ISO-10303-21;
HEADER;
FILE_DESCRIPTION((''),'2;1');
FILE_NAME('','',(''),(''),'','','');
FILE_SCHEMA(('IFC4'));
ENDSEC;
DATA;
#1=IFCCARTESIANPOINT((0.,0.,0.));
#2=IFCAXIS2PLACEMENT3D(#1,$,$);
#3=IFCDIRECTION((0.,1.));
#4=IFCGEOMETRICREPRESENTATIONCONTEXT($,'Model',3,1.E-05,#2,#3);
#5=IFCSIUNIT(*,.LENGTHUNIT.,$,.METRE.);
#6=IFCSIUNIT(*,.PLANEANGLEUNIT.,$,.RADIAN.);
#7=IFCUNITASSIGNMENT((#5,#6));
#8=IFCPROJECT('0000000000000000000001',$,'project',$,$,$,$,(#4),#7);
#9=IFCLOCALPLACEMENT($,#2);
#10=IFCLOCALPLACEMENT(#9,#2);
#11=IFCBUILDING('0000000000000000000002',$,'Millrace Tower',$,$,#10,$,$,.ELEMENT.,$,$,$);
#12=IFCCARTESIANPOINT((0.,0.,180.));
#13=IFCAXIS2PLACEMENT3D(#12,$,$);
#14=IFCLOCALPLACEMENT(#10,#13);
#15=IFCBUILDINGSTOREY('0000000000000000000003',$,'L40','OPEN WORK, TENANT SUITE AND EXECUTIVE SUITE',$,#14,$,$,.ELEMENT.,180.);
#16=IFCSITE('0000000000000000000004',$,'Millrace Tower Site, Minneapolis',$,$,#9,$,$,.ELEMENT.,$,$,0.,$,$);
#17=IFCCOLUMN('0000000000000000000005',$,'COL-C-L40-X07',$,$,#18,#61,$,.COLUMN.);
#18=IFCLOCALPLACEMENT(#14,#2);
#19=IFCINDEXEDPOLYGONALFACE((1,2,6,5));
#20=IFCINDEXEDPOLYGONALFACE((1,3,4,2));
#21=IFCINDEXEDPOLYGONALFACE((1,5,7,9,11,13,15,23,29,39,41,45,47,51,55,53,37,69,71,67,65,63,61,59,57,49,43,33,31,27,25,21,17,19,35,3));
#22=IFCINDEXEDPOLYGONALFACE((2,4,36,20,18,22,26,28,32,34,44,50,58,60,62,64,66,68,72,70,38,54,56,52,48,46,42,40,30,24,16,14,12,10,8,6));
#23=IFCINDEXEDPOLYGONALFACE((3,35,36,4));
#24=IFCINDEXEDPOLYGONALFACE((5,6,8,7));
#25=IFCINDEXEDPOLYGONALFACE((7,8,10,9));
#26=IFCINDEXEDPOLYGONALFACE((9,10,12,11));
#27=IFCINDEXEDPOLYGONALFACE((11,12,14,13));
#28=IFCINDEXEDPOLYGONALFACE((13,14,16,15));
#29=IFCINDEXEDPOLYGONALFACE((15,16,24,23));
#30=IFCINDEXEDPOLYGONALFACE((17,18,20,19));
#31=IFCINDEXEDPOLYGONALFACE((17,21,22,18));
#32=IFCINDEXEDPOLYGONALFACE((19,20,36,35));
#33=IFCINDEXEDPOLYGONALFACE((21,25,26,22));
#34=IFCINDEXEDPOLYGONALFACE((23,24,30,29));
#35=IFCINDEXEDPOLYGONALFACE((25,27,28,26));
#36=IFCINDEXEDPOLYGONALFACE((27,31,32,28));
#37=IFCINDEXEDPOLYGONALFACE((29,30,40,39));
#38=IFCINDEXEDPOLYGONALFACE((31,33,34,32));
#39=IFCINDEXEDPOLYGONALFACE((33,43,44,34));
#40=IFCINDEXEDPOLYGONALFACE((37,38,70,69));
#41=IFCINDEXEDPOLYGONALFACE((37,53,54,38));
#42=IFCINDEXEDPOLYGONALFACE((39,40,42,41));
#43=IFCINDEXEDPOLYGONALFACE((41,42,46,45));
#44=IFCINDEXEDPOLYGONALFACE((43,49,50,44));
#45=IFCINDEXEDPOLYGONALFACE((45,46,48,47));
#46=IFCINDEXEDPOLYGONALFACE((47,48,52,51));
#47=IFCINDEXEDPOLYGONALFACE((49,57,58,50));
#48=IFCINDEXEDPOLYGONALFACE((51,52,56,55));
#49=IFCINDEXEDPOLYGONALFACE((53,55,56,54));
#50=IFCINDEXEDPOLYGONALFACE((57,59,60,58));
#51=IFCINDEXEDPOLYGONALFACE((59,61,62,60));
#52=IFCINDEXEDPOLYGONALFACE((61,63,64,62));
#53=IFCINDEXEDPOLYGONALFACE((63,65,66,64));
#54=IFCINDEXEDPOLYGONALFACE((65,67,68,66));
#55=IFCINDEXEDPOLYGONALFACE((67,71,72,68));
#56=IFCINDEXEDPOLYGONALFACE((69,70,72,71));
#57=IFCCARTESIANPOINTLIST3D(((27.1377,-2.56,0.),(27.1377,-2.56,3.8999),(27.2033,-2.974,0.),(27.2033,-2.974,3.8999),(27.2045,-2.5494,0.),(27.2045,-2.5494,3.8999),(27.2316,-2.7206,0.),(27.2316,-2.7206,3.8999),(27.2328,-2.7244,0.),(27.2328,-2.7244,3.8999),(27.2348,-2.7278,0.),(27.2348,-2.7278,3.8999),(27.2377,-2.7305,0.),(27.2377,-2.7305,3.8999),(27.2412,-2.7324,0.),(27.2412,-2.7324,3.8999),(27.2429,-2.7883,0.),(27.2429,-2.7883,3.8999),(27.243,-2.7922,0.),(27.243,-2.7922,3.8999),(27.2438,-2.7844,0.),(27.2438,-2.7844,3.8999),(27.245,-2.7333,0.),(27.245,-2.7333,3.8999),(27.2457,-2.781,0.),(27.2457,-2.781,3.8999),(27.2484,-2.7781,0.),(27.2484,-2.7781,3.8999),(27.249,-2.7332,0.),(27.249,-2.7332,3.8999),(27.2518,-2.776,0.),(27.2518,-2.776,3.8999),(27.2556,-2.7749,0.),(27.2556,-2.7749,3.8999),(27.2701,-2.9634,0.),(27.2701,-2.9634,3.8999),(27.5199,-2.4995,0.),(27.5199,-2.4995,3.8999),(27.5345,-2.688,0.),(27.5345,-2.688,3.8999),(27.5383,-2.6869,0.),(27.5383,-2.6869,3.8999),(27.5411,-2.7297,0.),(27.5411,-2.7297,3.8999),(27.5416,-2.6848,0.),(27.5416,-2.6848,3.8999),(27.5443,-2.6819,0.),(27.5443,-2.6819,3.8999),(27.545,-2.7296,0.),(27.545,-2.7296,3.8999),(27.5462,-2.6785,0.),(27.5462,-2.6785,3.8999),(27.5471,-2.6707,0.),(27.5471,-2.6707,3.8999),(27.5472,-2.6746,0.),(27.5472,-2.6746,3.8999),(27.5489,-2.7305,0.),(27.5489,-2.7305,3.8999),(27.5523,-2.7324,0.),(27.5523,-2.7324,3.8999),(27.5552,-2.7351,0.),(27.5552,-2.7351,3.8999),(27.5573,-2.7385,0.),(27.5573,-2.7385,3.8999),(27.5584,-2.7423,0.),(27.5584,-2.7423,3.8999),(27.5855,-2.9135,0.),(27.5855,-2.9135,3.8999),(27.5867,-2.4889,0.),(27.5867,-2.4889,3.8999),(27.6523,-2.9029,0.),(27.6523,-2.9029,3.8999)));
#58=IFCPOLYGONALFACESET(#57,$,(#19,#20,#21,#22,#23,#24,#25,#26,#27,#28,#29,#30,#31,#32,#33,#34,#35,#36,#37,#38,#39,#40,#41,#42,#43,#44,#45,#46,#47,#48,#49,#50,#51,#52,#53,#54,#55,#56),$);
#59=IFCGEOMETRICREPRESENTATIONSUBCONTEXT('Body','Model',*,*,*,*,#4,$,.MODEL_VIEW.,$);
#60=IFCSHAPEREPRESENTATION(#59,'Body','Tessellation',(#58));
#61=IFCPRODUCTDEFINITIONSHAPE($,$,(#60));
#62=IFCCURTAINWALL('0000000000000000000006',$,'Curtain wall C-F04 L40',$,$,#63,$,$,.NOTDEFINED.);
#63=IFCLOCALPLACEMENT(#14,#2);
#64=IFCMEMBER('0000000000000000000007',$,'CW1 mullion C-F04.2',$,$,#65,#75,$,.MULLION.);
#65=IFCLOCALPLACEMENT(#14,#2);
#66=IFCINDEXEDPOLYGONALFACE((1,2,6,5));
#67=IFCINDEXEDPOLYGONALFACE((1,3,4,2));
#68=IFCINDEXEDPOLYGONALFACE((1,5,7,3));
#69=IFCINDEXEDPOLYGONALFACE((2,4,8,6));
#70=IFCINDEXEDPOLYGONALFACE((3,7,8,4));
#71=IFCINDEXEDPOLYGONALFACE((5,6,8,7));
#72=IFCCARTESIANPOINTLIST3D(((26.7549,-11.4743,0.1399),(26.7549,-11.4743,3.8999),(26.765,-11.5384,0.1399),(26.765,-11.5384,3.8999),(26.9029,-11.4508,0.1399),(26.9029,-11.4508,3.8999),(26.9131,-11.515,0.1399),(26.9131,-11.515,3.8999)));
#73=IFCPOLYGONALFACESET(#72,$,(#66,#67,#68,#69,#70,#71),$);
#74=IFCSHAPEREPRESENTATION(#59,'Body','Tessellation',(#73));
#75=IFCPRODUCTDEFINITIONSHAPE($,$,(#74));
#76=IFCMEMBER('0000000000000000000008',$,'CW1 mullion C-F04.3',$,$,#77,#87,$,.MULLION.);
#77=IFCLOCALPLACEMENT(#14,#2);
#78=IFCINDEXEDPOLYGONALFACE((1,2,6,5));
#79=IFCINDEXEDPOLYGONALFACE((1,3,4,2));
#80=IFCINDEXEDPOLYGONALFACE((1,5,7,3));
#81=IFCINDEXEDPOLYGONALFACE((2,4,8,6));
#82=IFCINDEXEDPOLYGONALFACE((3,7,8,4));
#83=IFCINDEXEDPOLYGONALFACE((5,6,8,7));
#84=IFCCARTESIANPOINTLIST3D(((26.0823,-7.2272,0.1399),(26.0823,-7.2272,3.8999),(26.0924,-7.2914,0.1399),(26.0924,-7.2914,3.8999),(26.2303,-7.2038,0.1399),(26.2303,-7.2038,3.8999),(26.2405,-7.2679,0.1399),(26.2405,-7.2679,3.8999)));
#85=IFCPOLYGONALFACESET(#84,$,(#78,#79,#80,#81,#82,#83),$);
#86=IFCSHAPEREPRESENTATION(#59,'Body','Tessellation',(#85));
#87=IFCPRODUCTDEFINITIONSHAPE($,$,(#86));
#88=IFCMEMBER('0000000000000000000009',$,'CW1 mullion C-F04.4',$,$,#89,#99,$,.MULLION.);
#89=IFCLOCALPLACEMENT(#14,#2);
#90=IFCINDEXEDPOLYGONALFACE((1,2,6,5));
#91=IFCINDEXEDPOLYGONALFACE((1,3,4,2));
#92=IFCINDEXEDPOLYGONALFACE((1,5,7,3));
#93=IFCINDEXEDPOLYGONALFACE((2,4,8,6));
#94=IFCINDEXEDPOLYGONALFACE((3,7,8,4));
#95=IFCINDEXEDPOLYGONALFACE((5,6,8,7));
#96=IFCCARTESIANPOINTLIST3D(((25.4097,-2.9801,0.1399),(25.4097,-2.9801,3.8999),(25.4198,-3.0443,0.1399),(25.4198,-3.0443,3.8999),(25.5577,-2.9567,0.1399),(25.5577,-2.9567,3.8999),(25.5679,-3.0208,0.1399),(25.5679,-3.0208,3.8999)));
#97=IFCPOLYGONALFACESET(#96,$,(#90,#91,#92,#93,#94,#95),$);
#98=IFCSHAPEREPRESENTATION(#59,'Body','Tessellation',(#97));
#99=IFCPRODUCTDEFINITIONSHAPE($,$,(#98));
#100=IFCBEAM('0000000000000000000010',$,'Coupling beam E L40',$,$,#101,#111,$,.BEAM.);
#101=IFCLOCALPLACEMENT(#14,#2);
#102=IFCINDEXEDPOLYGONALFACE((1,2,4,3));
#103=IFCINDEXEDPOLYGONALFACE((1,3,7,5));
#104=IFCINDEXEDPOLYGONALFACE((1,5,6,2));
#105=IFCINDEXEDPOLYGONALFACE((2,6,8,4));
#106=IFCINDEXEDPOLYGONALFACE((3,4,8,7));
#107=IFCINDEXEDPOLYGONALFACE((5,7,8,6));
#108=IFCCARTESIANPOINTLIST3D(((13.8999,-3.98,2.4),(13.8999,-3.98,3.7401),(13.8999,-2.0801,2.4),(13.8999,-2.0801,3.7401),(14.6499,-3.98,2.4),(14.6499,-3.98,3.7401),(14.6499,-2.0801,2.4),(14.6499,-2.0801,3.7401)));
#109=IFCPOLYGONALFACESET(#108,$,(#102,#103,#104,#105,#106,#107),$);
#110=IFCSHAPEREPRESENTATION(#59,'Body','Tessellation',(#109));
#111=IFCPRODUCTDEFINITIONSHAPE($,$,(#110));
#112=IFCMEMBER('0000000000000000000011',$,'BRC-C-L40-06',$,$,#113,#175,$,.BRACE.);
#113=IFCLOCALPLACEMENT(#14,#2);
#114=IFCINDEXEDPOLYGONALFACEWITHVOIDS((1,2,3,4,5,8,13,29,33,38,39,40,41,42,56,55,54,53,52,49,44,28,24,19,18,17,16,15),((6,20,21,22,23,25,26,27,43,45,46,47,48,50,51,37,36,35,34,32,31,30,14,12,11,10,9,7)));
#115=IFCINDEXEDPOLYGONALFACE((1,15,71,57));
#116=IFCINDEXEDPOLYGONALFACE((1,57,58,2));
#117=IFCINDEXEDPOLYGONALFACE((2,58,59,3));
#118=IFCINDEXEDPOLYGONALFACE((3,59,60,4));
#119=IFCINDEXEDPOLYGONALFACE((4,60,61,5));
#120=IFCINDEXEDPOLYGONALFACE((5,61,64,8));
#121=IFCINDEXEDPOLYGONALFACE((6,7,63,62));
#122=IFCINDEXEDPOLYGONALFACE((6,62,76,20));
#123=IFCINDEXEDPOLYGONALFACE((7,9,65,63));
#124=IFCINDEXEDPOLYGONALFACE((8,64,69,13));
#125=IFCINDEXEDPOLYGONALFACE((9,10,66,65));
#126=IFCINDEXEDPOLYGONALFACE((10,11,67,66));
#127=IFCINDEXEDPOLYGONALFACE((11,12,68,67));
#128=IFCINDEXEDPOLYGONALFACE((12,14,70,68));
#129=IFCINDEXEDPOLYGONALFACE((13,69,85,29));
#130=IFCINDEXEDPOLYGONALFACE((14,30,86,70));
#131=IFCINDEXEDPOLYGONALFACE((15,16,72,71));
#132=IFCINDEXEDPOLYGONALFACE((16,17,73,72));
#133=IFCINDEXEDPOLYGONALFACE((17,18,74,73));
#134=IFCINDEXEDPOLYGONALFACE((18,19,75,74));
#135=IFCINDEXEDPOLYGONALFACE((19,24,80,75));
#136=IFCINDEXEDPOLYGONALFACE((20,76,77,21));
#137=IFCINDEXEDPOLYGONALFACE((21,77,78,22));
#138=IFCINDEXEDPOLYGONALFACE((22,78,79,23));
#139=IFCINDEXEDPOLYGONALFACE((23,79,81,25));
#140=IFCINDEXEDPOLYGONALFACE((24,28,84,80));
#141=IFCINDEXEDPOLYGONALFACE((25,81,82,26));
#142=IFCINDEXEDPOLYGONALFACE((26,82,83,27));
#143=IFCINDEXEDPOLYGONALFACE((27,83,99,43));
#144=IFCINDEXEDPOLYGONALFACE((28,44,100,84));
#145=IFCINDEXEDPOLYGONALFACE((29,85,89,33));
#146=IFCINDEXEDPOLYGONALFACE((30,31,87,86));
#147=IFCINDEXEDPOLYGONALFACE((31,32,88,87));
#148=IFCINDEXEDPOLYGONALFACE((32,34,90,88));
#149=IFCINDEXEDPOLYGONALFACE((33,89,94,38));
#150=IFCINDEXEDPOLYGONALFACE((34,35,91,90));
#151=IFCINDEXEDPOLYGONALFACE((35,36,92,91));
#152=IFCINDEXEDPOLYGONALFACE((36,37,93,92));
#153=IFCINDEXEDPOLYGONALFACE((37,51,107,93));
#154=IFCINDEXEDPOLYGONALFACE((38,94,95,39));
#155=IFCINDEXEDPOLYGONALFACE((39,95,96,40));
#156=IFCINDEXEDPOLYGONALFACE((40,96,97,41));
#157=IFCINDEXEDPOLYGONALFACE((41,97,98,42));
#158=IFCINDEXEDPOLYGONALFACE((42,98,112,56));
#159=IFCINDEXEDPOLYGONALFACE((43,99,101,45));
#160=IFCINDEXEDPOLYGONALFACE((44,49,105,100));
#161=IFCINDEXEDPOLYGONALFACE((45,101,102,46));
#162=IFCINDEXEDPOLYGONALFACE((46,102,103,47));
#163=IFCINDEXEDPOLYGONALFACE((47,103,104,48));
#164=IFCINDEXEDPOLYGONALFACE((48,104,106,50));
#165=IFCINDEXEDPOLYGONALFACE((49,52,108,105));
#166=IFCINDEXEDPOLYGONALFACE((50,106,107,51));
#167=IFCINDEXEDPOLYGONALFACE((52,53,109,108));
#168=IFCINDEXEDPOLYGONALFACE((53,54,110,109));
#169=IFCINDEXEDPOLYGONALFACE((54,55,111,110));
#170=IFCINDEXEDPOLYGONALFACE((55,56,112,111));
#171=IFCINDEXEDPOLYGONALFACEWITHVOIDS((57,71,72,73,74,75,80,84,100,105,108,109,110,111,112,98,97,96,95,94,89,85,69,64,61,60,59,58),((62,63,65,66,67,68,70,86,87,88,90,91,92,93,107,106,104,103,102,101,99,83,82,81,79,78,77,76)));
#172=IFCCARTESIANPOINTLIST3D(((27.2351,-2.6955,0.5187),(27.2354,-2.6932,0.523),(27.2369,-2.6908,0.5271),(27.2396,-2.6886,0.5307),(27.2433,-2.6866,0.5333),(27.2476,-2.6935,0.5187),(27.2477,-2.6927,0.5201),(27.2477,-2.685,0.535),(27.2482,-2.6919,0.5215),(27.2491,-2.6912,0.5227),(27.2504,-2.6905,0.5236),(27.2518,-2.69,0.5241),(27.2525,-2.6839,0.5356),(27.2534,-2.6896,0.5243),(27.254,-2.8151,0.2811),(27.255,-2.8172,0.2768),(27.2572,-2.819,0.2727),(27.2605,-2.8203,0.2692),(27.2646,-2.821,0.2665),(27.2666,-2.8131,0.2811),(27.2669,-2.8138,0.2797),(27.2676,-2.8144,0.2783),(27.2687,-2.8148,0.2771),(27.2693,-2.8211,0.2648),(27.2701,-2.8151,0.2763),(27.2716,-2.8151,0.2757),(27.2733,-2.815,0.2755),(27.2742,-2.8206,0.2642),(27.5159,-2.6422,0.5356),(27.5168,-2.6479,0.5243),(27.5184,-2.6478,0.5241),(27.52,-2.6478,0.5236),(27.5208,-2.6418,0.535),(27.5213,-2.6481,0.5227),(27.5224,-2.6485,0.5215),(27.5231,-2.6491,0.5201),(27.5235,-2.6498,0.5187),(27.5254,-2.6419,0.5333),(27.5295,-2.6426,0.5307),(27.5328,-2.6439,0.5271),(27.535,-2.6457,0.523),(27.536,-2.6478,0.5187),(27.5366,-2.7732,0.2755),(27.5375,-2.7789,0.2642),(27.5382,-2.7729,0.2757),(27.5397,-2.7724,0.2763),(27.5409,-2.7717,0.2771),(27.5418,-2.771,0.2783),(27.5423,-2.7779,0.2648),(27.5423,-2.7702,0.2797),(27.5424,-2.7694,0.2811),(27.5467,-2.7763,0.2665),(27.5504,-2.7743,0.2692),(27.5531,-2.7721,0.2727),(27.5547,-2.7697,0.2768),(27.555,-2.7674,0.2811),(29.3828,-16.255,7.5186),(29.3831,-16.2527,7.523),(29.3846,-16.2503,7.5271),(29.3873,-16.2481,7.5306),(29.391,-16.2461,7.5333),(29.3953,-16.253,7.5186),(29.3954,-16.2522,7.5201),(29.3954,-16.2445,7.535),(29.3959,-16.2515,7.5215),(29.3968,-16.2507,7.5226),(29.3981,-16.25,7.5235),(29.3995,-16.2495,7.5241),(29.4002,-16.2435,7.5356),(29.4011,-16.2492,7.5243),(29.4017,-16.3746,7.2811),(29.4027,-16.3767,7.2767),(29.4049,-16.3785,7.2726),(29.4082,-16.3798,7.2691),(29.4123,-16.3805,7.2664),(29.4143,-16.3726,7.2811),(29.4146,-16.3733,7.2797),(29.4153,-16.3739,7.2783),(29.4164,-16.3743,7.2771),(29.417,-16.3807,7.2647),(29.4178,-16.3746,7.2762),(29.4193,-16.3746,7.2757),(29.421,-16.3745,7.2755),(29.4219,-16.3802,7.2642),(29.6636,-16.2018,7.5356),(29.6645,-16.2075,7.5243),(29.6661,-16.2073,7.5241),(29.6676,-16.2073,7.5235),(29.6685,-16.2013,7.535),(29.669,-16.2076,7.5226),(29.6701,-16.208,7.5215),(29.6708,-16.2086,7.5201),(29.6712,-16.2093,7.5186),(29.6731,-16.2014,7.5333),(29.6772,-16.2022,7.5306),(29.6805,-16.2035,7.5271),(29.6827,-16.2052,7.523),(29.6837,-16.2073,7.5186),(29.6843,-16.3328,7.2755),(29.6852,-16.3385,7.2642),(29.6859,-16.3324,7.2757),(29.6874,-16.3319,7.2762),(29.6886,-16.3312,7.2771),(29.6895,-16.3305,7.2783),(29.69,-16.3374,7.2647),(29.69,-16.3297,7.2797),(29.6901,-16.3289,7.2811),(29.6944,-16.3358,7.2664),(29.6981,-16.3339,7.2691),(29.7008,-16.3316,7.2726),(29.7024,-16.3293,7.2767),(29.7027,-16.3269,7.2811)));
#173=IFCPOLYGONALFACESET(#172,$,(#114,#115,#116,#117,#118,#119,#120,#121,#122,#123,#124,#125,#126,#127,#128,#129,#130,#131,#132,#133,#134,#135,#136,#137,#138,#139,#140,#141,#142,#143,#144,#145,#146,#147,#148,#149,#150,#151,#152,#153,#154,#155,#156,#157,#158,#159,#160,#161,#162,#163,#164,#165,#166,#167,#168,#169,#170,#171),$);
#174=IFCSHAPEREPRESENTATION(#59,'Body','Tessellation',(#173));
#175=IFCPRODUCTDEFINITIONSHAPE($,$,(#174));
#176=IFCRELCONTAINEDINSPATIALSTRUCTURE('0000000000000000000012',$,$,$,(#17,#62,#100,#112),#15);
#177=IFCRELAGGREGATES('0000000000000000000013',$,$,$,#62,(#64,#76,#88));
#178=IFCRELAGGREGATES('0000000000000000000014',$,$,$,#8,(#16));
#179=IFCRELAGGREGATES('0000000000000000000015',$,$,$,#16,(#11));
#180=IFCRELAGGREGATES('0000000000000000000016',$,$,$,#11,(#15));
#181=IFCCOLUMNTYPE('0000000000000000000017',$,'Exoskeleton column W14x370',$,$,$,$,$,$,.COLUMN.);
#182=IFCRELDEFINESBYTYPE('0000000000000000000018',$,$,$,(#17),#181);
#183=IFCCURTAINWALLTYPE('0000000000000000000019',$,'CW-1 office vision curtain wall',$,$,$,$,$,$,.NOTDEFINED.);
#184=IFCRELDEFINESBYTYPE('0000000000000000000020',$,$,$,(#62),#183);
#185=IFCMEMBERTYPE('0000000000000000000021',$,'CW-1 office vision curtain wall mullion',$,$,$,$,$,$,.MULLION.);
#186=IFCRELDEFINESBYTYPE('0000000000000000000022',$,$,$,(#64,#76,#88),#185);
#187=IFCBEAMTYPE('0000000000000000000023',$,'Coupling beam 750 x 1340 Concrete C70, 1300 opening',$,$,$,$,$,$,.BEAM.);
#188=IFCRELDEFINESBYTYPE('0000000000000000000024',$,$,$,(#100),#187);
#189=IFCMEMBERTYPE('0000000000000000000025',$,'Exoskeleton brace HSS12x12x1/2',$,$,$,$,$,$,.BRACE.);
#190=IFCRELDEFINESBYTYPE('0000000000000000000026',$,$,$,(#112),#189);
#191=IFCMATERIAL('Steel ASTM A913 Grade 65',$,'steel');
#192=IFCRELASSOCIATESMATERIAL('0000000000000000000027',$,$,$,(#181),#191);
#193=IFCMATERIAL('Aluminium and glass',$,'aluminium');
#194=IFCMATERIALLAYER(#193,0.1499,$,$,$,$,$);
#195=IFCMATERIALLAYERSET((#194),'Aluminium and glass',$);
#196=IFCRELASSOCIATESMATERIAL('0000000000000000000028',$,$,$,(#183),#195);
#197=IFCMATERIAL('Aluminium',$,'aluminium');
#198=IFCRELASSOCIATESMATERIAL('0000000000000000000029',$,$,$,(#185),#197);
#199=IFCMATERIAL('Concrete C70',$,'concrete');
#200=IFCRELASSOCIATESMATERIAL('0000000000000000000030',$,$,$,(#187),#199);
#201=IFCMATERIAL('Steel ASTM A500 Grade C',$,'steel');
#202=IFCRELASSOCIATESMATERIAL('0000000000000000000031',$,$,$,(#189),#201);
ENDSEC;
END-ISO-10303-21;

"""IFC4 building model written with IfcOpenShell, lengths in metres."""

from ifc_helpers import new_model, si_unit, direction, frame, origin, origin_2d, place, context, subcontext, project, spatial, rectangle, hollow_rectangle, i_section, extrude, material, layer, layer_set, material_profile, profile_set, type_object, element, aggregate, save


model = new_model("IFC4")

# Units and contexts
model_context = context("Model", 3, precision=1e-05, world=origin(), true_north=direction((0.0, 1.0)))
body_context = subcontext(model_context, "Body", "Model", "MODEL_VIEW")
ifc_project = project(units=[si_unit("LENGTHUNIT", "METRE"), si_unit("PLANEANGLEUNIT", "RADIAN")], contexts=[model_context])

# Site, building, storey
site_placement = place(None, origin())
site = spatial("IfcSite", under=ifc_project, at=site_placement, Name="Millrace Tower Site, Minneapolis", CompositionType="ELEMENT", RefElevation=0.0)
building_placement = place(site_placement, origin())
building = spatial("IfcBuilding", under=site, at=building_placement, Name="Millrace Tower", CompositionType="ELEMENT")
storey_placement = place(building_placement, frame((0.0, 0.0, 180.0)))
storey = spatial("IfcBuildingStorey", under=building, at=storey_placement, Name="L40", Description="OPEN WORK, TENANT SUITE AND EXECUTIVE SUITE", CompositionType="ELEMENT", Elevation=180.0)

# Column
ifc_material_1 = material(Name="Steel ASTM A913 Grade 65", Category="steel")
ifc_material_profile_1 = material_profile(ifc_material_1, i_section(OverallWidth=0.4192, OverallDepth=0.4546, WebThickness=0.0422, FlangeThickness=0.0676, FilletRadius=0.0151, at=origin_2d()))
ifc_profile_set_1 = profile_set([ifc_material_profile_1], Name="Steel ASTM A913 Grade 65")
column_type = type_object("IfcColumnType", Name="Exoskeleton column W14x370", PredefinedType="COLUMN", material=ifc_profile_set_1)
column_placement = place(storey_placement, frame((27.395, -2.7314, 0.0), z_axis=(0.0, 0.0, 1.0), x_axis=(-0.156434, 0.987688, 0.0)))
element("IfcColumn", 1, at=column_placement, inside=storey, type_object=column_type, Name="COL-C-L40-X07", PredefinedType="COLUMN", context=body_context, shape_type="SweptSolid", body=[
    extrude(i_section(OverallWidth=0.4192, OverallDepth=0.4546, WebThickness=0.0422, FlangeThickness=0.0676, FilletRadius=0.0151, at=origin_2d()), origin(), (0.0, 0.0, 1.0), 3.8999),
])

# Curtain wall, members
ifc_material_2 = material(Name="Aluminium and glass", Category="aluminium")
ifc_layer_1 = layer(ifc_material_2, 0.1499)
ifc_layer_set_1 = layer_set([ifc_layer_1], Name="Aluminium and glass")
curtain_wall_type = type_object("IfcCurtainWallType", Name="CW-1 office vision curtain wall", PredefinedType="NOTDEFINED", material=ifc_layer_set_1)
placement = place(storey_placement, origin())
curtain_wall = element("IfcCurtainWall", 2, at=placement, inside=storey, type_object=curtain_wall_type, Name="Curtain wall C-F04 L40", PredefinedType="NOTDEFINED")
ifc_material_3 = material(Name="Aluminium", Category="aluminium")
ifc_material_profile_2 = material_profile(ifc_material_3, rectangle(XDim=0.0649, YDim=0.1499, at=origin_2d()))
ifc_profile_set_2 = profile_set([ifc_material_profile_2], Name="Aluminium")
member_type_1 = type_object("IfcMemberType", Name="CW-1 office vision curtain wall mullion", PredefinedType="MULLION", material=ifc_profile_set_2)
member_1_placement = place(storey_placement, frame((26.834, -11.4946, 0.1399), z_axis=(0.0, 0.0, 1.0), x_axis=(-0.156434, 0.987688, 0.0)))
member_1 = element("IfcMember", 3, at=member_1_placement, type_object=member_type_1, Name="CW1 mullion C-F04.2", PredefinedType="MULLION", context=body_context, shape_type="SweptSolid", body=[
    extrude(rectangle(XDim=0.0649, YDim=0.1499, at=origin_2d()), origin(), (0.0, 0.0, 1.0), 3.76),
])
member_2_placement = place(storey_placement, frame((26.1614, -7.2476, 0.1399), z_axis=(0.0, 0.0, 1.0), x_axis=(-0.156434, 0.987688, 0.0)))
member_2 = element("IfcMember", 4, at=member_2_placement, type_object=member_type_1, Name="CW1 mullion C-F04.3", PredefinedType="MULLION", context=body_context, shape_type="SweptSolid", body=[
    extrude(rectangle(XDim=0.0649, YDim=0.1499, at=origin_2d()), origin(), (0.0, 0.0, 1.0), 3.76),
])
member_3_placement = place(storey_placement, frame((25.4888, -3.0005, 0.1399), z_axis=(0.0, 0.0, 1.0), x_axis=(-0.156434, 0.987688, 0.0)))
member_3 = element("IfcMember", 5, at=member_3_placement, type_object=member_type_1, Name="CW1 mullion C-F04.4", PredefinedType="MULLION", context=body_context, shape_type="SweptSolid", body=[
    extrude(rectangle(XDim=0.0649, YDim=0.1499, at=origin_2d()), origin(), (0.0, 0.0, 1.0), 3.76),
])
aggregate(curtain_wall, [member_1, member_2, member_3])

# Beam
ifc_material_4 = material(Name="Concrete C70", Category="concrete")
ifc_material_profile_3 = material_profile(ifc_material_4, rectangle(XDim=0.75, YDim=1.3401, at=origin_2d()))
ifc_profile_set_3 = profile_set([ifc_material_profile_3], Name="Concrete C70")
beam_type_1 = type_object("IfcBeamType", Name="Coupling beam 750 x 1340 Concrete C70, 1300 opening", PredefinedType="BEAM", material=ifc_profile_set_3)
beam_1_placement = place(storey_placement, frame((14.2749, -2.0801, 3.0701), z_axis=(0.0, -1.0, 0.0), x_axis=(1.0, 0.0, 0.0)))
element("IfcBeam", 6, at=beam_1_placement, inside=storey, type_object=beam_type_1, Name="Coupling beam E L40", PredefinedType="BEAM", context=body_context, shape_type="SweptSolid", body=[
    extrude(rectangle(XDim=0.75, YDim=1.3401, at=origin_2d()), origin(), (0.0, 0.0, 1.0), 1.8999),
])

# Member
ifc_material_5 = material(Name="Steel ASTM A500 Grade C", Category="steel")
ifc_material_profile_4 = material_profile(ifc_material_5, hollow_rectangle(XDim=0.3047, YDim=0.3047, WallThickness=0.0127, InnerFilletRadius=0.0063, OuterFilletRadius=0.019, at=origin_2d()))
ifc_profile_set_4 = profile_set([ifc_material_profile_4], Name="Steel ASTM A500 Grade C")
member_type_2 = type_object("IfcMemberType", Name="Exoskeleton brace HSS12x12x1/2", PredefinedType="BRACE", material=ifc_profile_set_4)
member_4_placement = place(storey_placement, frame((27.395, -2.7314, 0.3999), z_axis=(0.139369, -0.879908, 0.454244), x_axis=(0.987687, 0.15644, 0.0)))
element("IfcMember", 7, at=member_4_placement, inside=storey, type_object=member_type_2, Name="BRC-C-L40-06", PredefinedType="BRACE", context=body_context, shape_type="SweptSolid", body=[
    extrude(hollow_rectangle(XDim=0.3047, YDim=0.3047, WallThickness=0.0127, InnerFilletRadius=0.0063, OuterFilletRadius=0.019, at=origin_2d()), origin(), (0.0, 0.0, 1.0), 15.4102),
])

save(model, "model.ifc")
